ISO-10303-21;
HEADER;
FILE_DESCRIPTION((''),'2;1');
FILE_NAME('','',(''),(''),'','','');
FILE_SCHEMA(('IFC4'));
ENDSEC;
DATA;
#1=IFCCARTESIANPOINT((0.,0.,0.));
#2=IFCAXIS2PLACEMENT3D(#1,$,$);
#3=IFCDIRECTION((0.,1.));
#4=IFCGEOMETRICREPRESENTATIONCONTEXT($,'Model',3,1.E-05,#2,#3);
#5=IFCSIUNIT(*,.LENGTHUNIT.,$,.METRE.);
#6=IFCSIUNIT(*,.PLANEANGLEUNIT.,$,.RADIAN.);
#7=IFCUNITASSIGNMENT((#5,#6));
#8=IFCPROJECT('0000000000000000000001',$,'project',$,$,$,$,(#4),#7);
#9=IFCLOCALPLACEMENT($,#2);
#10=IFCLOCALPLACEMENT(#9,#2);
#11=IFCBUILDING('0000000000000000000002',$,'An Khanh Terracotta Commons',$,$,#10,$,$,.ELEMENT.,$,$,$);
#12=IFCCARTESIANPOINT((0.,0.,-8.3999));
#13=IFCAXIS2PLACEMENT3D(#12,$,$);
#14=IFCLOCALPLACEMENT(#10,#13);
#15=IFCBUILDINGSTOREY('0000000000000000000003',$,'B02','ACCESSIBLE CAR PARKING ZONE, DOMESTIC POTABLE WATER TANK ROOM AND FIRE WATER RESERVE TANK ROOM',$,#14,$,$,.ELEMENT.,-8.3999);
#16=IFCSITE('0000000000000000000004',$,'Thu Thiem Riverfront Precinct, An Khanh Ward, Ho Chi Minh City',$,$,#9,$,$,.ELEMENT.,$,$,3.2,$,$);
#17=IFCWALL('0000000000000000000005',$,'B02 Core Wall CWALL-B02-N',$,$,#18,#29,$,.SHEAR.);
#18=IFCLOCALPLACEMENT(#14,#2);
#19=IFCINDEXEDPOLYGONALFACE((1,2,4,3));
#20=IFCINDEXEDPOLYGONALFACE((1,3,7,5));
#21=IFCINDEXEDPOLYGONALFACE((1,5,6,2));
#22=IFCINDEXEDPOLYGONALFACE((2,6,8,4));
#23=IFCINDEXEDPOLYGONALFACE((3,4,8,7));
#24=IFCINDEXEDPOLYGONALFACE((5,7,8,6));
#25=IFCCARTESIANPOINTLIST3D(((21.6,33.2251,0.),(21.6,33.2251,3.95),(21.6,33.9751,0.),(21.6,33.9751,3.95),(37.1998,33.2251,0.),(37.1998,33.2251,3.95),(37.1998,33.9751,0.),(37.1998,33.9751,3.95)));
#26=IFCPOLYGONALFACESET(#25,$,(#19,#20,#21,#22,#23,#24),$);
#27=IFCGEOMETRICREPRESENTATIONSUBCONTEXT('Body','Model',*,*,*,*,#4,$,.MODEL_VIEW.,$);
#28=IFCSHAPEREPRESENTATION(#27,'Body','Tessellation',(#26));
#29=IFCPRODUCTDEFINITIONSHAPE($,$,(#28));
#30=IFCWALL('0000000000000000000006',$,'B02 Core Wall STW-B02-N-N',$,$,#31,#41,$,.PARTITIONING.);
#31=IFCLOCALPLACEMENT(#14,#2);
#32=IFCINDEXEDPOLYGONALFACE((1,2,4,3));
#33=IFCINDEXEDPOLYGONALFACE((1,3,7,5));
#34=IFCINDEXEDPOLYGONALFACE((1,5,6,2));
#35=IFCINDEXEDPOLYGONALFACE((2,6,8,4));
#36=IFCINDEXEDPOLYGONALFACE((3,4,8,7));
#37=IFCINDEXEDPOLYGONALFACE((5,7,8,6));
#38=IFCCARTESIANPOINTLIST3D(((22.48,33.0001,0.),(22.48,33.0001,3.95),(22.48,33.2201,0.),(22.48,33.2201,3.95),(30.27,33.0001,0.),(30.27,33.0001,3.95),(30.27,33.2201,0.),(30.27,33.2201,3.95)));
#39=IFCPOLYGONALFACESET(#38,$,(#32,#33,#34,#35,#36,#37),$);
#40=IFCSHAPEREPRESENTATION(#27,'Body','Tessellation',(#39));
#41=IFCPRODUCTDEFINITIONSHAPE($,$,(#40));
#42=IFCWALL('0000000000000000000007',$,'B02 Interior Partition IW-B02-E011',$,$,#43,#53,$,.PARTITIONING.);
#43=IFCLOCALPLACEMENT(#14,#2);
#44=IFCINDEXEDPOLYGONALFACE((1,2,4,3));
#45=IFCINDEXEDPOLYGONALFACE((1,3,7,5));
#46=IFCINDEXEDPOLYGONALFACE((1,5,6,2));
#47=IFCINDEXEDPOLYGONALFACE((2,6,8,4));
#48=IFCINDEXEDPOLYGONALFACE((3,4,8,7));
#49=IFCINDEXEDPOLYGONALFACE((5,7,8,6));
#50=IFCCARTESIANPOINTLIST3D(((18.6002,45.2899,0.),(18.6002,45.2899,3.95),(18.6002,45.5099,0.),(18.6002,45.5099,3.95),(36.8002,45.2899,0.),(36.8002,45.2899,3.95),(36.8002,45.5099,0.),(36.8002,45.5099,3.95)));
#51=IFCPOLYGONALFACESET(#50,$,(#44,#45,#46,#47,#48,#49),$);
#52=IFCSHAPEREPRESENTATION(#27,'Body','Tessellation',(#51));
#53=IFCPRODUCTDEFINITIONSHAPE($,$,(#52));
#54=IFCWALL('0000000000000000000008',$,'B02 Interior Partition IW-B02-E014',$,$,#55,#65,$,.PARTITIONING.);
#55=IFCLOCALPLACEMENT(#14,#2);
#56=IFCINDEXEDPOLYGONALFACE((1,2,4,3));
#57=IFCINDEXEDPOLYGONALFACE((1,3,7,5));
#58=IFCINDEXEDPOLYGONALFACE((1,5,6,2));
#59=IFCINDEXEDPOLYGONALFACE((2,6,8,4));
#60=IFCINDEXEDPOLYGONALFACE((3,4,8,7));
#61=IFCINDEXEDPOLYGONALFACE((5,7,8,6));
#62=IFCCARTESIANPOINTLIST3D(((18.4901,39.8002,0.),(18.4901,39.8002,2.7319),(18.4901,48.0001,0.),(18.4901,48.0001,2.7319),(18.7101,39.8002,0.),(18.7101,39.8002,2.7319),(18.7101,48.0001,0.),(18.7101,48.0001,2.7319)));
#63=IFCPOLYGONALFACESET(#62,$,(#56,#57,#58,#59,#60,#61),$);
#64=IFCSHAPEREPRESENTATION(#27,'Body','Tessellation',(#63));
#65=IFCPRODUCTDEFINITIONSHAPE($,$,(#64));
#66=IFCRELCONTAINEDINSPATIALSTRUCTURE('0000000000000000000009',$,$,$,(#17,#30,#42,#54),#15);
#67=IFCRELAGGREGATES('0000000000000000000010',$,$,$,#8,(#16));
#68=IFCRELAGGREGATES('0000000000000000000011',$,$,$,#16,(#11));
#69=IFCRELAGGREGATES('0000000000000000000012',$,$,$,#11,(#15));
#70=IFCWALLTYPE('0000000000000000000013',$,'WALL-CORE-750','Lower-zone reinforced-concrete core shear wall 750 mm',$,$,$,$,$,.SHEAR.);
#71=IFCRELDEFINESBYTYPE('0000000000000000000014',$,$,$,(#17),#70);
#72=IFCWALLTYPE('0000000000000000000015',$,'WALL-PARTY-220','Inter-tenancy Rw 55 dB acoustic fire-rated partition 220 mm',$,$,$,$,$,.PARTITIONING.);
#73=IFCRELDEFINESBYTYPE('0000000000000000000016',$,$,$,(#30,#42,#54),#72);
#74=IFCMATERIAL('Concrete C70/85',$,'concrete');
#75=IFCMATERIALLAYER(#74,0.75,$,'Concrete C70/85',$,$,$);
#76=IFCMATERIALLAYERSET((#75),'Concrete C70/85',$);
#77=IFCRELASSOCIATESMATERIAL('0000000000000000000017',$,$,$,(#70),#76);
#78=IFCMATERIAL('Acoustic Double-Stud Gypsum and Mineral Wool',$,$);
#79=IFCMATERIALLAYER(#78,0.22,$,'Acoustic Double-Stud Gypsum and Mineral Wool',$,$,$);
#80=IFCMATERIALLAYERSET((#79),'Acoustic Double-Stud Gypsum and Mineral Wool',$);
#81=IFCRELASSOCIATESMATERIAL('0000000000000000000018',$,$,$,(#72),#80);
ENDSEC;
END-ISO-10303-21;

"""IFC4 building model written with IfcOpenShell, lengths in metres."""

from ifc_helpers import new_model, si_unit, direction, frame, frame_2d, origin, place, context, subcontext, project, spatial, rectangle, extrude, material, layer, layer_set, type_object, element, save


model = new_model("IFC4")

# Units and contexts
model_context = context("Model", 3, precision=1e-05, world=origin(), true_north=direction((0.0, 1.0)))
body_context = subcontext(model_context, "Body", "Model", "MODEL_VIEW")
ifc_project = project(units=[si_unit("LENGTHUNIT", "METRE"), si_unit("PLANEANGLEUNIT", "RADIAN")], contexts=[model_context])

# Site, building, storey
site_placement = place(None, origin())
site = spatial("IfcSite", under=ifc_project, at=site_placement, Name="Thu Thiem Riverfront Precinct, An Khanh Ward, Ho Chi Minh City", CompositionType="ELEMENT", RefElevation=3.2)
building_placement = place(site_placement, origin())
building = spatial("IfcBuilding", under=site, at=building_placement, Name="An Khanh Terracotta Commons", CompositionType="ELEMENT")
storey_placement = place(building_placement, frame((0.0, 0.0, -8.3999)))
storey = spatial("IfcBuildingStorey", under=building, at=storey_placement, Name="B02", Description="ACCESSIBLE CAR PARKING ZONE, DOMESTIC POTABLE WATER TANK ROOM AND FIRE WATER RESERVE TANK ROOM", CompositionType="ELEMENT", Elevation=-8.3999)

# Shared definitions
ifc_material_1 = material(Name="Concrete C70/85", Category="concrete")

# Walls
ifc_layer_1 = layer(ifc_material_1, 0.75, Name="Concrete C70/85")
ifc_layer_set_1 = layer_set([ifc_layer_1], Name="Concrete C70/85")
wall_type_1 = type_object("IfcWallType", Name="WALL-CORE-750", Description="Lower-zone reinforced-concrete core shear wall 750 mm", PredefinedType="SHEAR", material=ifc_layer_set_1)
wall_1_placement = place(storey_placement, frame((21.6001, 33.6001, 0.0), z_axis=(0.0, 0.0, 1.0), x_axis=(1.0, 0.0, 0.0)))
element("IfcWall", 1, at=wall_1_placement, inside=storey, type_object=wall_type_1, Name="B02 Core Wall CWALL-B02-N", PredefinedType="SHEAR", context=body_context, shape_type="SweptSolid", body=[
    extrude(rectangle(XDim=15.5999, YDim=0.75, at=frame_2d((7.7998, 0.0))), origin(), (0.0, 0.0, 1.0), 3.95),
])
ifc_material_2 = material(Name="Acoustic Double-Stud Gypsum and Mineral Wool")
ifc_layer_2 = layer(ifc_material_2, 0.22, Name="Acoustic Double-Stud Gypsum and Mineral Wool")
ifc_layer_set_2 = layer_set([ifc_layer_2], Name="Acoustic Double-Stud Gypsum and Mineral Wool")
wall_type_2 = type_object("IfcWallType", Name="WALL-PARTY-220", Description="Inter-tenancy Rw 55 dB acoustic fire-rated partition 220 mm", PredefinedType="PARTITIONING", material=ifc_layer_set_2)
wall_2_placement = place(storey_placement, frame((22.48, 33.1101, 0.0), z_axis=(0.0, 0.0, 1.0), x_axis=(1.0, 0.0, 0.0)))
element("IfcWall", 2, at=wall_2_placement, inside=storey, type_object=wall_type_2, Name="B02 Core Wall STW-B02-N-N", PredefinedType="PARTITIONING", context=body_context, shape_type="SweptSolid", body=[
    extrude(rectangle(XDim=7.79, YDim=0.22, at=frame_2d((3.895, 0.0))), origin(), (0.0, 0.0, 1.0), 3.95),
])
wall_3_placement = place(storey_placement, frame((18.6001, 45.3999, 0.0), z_axis=(0.0, 0.0, 1.0), x_axis=(1.0, 0.0, 0.0)))
element("IfcWall", 3, at=wall_3_placement, inside=storey, type_object=wall_type_2, Name="B02 Interior Partition IW-B02-E011", PredefinedType="PARTITIONING", context=body_context, shape_type="SweptSolid", body=[
    extrude(rectangle(XDim=18.2, YDim=0.22, at=frame_2d((9.1001, 0.0))), origin(), (0.0, 0.0, 1.0), 3.95),
])
wall_4_placement = place(storey_placement, frame((18.6001, 39.8, 0.0), z_axis=(0.0, 0.0, 1.0), x_axis=(0.0, 1.0, 0.0)))
element("IfcWall", 4, at=wall_4_placement, inside=storey, type_object=wall_type_2, Name="B02 Interior Partition IW-B02-E014", PredefinedType="PARTITIONING", context=body_context, shape_type="SweptSolid", body=[
    extrude(rectangle(XDim=8.2, YDim=0.22, at=frame_2d((4.1001, 0.0))), origin(), (0.0, 0.0, 1.0), 2.7319),
])

save(model, "model.ifc")
